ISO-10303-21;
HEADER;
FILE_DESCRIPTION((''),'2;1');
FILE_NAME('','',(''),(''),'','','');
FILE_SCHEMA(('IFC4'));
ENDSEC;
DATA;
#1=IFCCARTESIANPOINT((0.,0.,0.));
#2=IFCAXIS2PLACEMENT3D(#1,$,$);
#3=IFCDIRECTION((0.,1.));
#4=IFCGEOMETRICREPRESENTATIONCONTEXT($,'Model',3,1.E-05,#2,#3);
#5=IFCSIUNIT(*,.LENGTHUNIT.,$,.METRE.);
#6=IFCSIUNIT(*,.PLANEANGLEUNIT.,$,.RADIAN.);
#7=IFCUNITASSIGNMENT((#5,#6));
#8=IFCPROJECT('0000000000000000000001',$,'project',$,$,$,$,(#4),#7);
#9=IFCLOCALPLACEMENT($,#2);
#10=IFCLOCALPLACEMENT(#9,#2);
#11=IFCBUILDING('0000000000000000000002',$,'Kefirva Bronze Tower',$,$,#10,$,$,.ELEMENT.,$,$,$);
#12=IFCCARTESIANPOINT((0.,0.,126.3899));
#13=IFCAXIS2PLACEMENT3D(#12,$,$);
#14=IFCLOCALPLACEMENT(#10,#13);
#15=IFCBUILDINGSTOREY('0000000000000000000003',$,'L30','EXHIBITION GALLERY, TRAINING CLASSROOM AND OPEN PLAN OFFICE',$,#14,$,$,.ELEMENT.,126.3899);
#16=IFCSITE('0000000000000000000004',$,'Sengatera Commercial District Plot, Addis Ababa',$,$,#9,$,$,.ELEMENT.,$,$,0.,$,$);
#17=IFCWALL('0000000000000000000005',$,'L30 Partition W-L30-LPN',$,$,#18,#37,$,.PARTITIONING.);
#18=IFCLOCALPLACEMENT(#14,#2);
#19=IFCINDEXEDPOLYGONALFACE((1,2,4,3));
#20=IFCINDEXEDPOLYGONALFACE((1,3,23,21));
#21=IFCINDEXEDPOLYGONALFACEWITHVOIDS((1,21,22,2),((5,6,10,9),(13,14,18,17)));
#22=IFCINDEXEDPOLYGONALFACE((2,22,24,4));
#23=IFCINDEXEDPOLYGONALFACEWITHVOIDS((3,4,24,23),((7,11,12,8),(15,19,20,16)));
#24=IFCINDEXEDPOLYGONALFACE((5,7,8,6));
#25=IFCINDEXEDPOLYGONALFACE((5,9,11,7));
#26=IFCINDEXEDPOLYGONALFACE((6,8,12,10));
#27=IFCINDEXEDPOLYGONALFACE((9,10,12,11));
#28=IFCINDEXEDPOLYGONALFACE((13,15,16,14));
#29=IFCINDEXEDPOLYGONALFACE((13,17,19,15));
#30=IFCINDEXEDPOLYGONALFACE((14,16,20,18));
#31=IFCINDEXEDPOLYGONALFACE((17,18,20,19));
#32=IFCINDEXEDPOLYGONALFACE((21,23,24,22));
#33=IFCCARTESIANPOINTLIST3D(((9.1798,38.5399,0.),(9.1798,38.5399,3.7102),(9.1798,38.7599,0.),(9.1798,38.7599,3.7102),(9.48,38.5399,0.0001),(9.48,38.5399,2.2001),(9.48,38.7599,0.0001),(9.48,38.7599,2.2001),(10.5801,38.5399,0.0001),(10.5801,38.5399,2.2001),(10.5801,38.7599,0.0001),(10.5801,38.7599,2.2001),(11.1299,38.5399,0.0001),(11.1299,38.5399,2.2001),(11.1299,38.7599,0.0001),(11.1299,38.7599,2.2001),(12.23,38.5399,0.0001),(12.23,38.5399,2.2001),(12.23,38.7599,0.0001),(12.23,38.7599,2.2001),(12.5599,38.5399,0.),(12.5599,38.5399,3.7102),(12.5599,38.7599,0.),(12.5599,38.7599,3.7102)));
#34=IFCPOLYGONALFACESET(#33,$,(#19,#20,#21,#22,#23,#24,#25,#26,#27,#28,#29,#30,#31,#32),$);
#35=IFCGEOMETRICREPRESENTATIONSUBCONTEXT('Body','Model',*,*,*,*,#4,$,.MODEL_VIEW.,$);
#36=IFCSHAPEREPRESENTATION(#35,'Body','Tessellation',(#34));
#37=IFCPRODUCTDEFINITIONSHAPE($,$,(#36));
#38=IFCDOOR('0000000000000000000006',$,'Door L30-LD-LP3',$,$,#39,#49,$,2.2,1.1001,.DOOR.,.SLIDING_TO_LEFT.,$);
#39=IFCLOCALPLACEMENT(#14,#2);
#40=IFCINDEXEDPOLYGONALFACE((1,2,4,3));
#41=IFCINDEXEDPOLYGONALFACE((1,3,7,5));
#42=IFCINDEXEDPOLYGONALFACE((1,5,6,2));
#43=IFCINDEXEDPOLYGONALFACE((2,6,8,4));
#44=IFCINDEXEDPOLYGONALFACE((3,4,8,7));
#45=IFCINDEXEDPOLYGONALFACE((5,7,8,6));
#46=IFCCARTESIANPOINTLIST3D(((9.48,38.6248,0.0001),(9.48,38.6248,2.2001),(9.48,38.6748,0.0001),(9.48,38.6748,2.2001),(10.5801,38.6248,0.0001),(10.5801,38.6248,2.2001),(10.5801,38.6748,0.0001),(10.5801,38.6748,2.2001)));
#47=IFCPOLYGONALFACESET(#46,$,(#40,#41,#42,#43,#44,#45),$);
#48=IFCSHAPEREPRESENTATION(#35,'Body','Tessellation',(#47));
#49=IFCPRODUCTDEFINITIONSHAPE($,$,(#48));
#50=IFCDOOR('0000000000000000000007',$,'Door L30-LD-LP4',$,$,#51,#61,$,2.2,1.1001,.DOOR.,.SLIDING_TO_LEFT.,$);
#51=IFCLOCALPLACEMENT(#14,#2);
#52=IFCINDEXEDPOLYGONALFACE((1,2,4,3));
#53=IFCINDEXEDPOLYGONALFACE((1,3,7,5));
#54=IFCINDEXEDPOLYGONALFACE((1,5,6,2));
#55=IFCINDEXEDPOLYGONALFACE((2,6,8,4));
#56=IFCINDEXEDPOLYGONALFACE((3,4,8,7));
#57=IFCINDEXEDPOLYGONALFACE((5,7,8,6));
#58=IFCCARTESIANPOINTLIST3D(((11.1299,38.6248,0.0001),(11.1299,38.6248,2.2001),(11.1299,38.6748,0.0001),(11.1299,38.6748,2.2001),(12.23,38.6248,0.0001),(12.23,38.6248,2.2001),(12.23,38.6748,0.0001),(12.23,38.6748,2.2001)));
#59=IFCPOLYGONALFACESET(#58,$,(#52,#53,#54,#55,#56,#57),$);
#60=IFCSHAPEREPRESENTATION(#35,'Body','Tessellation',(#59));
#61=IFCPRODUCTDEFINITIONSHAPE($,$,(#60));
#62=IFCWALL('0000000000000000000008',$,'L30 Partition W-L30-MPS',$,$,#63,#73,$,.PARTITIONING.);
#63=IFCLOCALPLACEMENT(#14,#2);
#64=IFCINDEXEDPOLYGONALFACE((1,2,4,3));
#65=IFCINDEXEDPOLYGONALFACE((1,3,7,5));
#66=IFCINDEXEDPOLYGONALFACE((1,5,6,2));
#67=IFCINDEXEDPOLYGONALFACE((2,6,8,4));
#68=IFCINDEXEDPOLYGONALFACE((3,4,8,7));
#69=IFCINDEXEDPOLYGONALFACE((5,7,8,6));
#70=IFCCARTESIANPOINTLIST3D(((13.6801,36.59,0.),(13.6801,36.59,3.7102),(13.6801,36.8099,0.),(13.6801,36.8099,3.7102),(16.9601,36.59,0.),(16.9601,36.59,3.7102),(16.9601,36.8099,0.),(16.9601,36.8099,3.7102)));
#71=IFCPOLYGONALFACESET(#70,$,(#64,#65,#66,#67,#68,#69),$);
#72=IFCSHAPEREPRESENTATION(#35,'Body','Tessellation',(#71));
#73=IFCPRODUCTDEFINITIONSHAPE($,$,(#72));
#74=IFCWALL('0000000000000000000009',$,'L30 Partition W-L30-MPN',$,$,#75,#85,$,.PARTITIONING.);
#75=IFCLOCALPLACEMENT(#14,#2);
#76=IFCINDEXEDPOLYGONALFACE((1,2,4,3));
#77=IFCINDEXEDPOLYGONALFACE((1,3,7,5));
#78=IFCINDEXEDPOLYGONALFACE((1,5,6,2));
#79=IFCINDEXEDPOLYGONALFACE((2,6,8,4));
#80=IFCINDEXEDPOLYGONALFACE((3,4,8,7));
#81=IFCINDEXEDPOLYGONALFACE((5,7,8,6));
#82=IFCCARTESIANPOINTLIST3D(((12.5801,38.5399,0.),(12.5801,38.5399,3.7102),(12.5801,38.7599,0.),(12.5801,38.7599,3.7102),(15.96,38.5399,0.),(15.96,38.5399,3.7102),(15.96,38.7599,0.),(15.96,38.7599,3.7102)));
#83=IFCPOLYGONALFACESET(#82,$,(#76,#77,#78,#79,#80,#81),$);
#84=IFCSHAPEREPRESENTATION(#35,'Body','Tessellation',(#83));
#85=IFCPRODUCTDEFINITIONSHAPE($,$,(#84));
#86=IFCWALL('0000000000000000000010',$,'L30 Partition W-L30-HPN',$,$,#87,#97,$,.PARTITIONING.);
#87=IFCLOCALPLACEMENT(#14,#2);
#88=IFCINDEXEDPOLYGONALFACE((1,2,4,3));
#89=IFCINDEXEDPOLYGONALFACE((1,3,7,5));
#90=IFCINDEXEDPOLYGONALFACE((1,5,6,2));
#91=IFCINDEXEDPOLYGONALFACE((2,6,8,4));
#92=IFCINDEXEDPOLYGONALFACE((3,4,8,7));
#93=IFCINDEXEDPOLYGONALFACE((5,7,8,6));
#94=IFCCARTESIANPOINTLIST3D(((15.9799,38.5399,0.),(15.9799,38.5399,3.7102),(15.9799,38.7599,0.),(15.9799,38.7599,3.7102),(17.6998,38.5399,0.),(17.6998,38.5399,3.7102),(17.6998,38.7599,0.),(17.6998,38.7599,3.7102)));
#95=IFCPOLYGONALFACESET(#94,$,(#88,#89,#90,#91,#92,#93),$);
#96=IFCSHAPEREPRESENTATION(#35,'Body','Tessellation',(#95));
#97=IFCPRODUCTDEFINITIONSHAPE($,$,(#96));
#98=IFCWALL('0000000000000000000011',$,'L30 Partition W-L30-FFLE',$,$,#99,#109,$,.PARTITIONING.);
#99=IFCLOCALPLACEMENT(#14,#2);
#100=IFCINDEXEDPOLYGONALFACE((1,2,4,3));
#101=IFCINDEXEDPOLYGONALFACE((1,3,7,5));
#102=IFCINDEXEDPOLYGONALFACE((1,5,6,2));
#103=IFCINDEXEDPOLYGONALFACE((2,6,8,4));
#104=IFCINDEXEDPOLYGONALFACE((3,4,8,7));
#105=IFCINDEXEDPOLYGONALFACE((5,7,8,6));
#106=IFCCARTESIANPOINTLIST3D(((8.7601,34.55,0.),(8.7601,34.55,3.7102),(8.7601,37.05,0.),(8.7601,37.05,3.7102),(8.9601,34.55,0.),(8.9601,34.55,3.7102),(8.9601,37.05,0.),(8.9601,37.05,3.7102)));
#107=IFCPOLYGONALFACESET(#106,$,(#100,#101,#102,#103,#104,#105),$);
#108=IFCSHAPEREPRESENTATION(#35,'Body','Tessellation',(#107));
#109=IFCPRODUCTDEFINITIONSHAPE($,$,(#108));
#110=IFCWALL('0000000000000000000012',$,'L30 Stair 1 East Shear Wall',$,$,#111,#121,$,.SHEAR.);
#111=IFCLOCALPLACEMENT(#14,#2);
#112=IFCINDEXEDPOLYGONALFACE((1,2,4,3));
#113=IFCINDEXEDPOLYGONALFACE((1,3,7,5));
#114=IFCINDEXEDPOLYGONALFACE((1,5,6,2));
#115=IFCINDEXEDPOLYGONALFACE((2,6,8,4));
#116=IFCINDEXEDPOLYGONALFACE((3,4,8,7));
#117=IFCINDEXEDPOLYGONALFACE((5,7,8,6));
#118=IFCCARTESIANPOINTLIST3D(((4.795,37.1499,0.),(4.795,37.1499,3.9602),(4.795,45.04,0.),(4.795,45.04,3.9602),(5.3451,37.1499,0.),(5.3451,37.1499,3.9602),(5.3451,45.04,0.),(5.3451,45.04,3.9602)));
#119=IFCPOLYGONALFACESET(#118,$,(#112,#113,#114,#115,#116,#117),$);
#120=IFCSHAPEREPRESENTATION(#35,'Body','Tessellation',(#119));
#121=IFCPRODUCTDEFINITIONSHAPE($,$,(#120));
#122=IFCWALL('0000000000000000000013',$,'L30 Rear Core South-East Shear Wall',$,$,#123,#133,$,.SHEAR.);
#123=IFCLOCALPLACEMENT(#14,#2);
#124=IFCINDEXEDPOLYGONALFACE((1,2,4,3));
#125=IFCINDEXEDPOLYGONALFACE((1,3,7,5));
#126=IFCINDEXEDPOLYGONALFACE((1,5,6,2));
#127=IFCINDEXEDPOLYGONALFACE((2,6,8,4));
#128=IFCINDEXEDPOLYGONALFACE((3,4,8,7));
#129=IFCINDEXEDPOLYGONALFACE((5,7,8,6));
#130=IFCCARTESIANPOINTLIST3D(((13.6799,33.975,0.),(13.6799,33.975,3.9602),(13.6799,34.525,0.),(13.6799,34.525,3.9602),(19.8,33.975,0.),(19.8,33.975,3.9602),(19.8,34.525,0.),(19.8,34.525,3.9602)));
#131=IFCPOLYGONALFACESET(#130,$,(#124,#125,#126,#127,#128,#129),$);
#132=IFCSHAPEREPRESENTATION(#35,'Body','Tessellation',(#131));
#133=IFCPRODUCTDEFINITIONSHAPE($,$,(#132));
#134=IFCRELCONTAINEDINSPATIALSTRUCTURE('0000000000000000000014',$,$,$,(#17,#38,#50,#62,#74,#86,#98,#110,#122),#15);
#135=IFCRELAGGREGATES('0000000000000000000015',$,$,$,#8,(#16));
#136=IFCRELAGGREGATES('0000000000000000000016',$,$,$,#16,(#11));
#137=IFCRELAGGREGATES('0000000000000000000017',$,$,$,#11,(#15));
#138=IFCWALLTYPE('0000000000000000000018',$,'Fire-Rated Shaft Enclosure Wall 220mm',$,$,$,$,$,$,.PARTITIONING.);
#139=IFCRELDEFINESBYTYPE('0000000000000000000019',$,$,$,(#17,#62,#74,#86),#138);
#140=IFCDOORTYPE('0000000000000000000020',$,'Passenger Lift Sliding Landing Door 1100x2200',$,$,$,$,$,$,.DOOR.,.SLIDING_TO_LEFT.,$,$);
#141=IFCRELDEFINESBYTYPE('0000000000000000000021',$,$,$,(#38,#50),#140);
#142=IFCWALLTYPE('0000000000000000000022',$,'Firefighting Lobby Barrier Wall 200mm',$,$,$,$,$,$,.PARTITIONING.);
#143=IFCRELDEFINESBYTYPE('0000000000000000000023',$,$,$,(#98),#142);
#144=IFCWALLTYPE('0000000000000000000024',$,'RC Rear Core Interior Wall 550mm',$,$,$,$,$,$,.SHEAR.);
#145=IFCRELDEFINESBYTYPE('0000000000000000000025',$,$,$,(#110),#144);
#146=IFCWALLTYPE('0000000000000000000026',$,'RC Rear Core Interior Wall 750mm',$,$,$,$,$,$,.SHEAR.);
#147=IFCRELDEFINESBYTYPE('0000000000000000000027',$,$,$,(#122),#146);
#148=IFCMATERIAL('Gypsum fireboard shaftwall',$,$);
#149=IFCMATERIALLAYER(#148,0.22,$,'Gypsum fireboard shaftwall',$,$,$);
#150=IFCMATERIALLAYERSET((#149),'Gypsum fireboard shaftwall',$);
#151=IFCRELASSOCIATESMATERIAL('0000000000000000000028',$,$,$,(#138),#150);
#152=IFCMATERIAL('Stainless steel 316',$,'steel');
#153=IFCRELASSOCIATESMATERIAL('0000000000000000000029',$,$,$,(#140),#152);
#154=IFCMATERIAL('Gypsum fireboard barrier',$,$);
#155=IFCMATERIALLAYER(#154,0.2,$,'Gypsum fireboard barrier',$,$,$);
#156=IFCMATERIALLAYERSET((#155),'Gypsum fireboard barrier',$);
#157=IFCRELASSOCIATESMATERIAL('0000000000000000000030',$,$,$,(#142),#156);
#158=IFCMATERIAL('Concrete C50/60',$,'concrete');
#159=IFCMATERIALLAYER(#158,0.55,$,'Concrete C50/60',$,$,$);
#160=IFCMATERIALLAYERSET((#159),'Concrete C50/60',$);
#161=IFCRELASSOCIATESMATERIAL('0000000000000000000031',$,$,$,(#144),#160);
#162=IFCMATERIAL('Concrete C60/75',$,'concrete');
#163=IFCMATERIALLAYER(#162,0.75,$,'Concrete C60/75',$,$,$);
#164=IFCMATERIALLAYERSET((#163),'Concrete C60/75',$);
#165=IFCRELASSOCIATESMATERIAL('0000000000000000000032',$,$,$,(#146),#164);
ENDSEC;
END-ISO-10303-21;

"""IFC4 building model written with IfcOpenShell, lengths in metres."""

from ifc_helpers import new_model, si_unit, direction, frame, frame_2d, origin, place, context, subcontext, project, spatial, rectangle, extrude, material, layer, layer_set, type_object, element, fill, save


model = new_model("IFC4")

# Units and contexts
model_context = context("Model", 3, precision=1e-05, world=origin(), true_north=direction((0.0, 1.0)))
body_context = subcontext(model_context, "Body", "Model", "MODEL_VIEW")
ifc_project = project(units=[si_unit("LENGTHUNIT", "METRE"), si_unit("PLANEANGLEUNIT", "RADIAN")], contexts=[model_context])

# Site, building, storey
site_placement = place(None, origin())
site = spatial("IfcSite", under=ifc_project, at=site_placement, Name="Sengatera Commercial District Plot, Addis Ababa", CompositionType="ELEMENT", RefElevation=0.0)
building_placement = place(site_placement, origin())
building = spatial("IfcBuilding", under=site, at=building_placement, Name="Kefirva Bronze Tower", CompositionType="ELEMENT")
storey_placement = place(building_placement, frame((0.0, 0.0, 126.3899)))
storey = spatial("IfcBuildingStorey", under=building, at=storey_placement, Name="L30", Description="EXHIBITION GALLERY, TRAINING CLASSROOM AND OPEN PLAN OFFICE", CompositionType="ELEMENT", Elevation=126.3899)

# Shared definitions
ifc_material_1 = material(Name="Concrete C60/75", Category="concrete")

# Shared definitions
ifc_material_2 = material(Name="Gypsum fireboard shaftwall")
ifc_layer_1 = layer(ifc_material_2, 0.22, Name="Gypsum fireboard shaftwall")
ifc_layer_set_1 = layer_set([ifc_layer_1], Name="Gypsum fireboard shaftwall")
wall_type_1 = type_object("IfcWallType", Name="Fire-Rated Shaft Enclosure Wall 220mm", PredefinedType="PARTITIONING", material=ifc_layer_set_1)
ifc_material_3 = material(Name="Stainless steel 316", Category="steel")

# Wall, openings, doors
door_type_1 = type_object("IfcDoorType", Name="Passenger Lift Sliding Landing Door 1100x2200", OperationType="SLIDING_TO_LEFT", PredefinedType="DOOR", material=ifc_material_3)
wall_1_placement = place(storey_placement, frame((9.1799, 38.6499, 0.0), z_axis=(0.0, 0.0, 1.0), x_axis=(1.0, 0.0, 0.0)))
wall_1 = element("IfcWall", 1, at=wall_1_placement, inside=storey, type_object=wall_type_1, Name="L30 Partition W-L30-LPN", PredefinedType="PARTITIONING", context=body_context, shape_type="SweptSolid", body=[
    extrude(rectangle(XDim=3.3801, YDim=0.22, at=frame_2d((1.6899, 0.0))), origin(), (0.0, 0.0, 1.0), 3.7102),
])
opening_1_placement = place(wall_1_placement, frame((0.3, 0.0, 0.0)))
opening_1 = element("IfcOpeningElement", 2, at=opening_1_placement, cuts=wall_1, PredefinedType="OPENING", context=body_context, shape_type="SweptSolid", body=[
    extrude(rectangle(XDim=1.1001, YDim=2.2, at=frame_2d((0.55, 1.1001))), frame((0.0, 0.1201, 0.0), z_axis=(0.0, -1.0, 0.0), x_axis=(1.0, 0.0, 0.0)), (0.0, 0.0, 1.0), 0.24),
])
opening_2_placement = place(wall_1_placement, frame((1.95, 0.0, 0.0)))
opening_2 = element("IfcOpeningElement", 3, at=opening_2_placement, cuts=wall_1, PredefinedType="OPENING", context=body_context, shape_type="SweptSolid", body=[
    extrude(rectangle(XDim=1.1001, YDim=2.2, at=frame_2d((0.55, 1.1001))), frame((0.0, 0.1201, 0.0), z_axis=(0.0, -1.0, 0.0), x_axis=(1.0, 0.0, 0.0)), (0.0, 0.0, 1.0), 0.24),
])
door_1_placement = place(opening_1_placement, origin())
door_1 = element("IfcDoor", 4, at=door_1_placement, inside=storey, type_object=door_type_1, Name="Door L30-LD-LP3", OperationType="SLIDING_TO_LEFT", OverallHeight=2.2, OverallWidth=1.1001, PredefinedType="DOOR", context=body_context, shape_type="SweptSolid", body=[
    extrude(rectangle(XDim=1.1001, YDim=2.2, at=frame_2d((0.55, 1.1001))), frame((0.0, 0.0249, 0.0), z_axis=(0.0, -1.0, 0.0), x_axis=(1.0, 0.0, 0.0)), (0.0, 0.0, 1.0), 0.05),
])
fill(opening_1, door_1)
door_2_placement = place(opening_2_placement, origin())
door_2 = element("IfcDoor", 5, at=door_2_placement, inside=storey, type_object=door_type_1, Name="Door L30-LD-LP4", OperationType="SLIDING_TO_LEFT", OverallHeight=2.2, OverallWidth=1.1001, PredefinedType="DOOR", context=body_context, shape_type="SweptSolid", body=[
    extrude(rectangle(XDim=1.1001, YDim=2.2, at=frame_2d((0.55, 1.1001))), frame((0.0, 0.0249, 0.0), z_axis=(0.0, -1.0, 0.0), x_axis=(1.0, 0.0, 0.0)), (0.0, 0.0, 1.0), 0.05),
])
fill(opening_2, door_2)

# Walls
wall_2_placement = place(storey_placement, frame((13.6799, 36.7, 0.0), z_axis=(0.0, 0.0, 1.0), x_axis=(1.0, 0.0, 0.0)))
element("IfcWall", 6, at=wall_2_placement, inside=storey, type_object=wall_type_1, Name="L30 Partition W-L30-MPS", PredefinedType="PARTITIONING", context=body_context, shape_type="SweptSolid", body=[
    extrude(rectangle(XDim=3.28, YDim=0.22, at=frame_2d((1.6401, 0.0))), origin(), (0.0, 0.0, 1.0), 3.7102),
])
wall_3_placement = place(storey_placement, frame((12.5801, 38.6499, 0.0), z_axis=(0.0, 0.0, 1.0), x_axis=(1.0, 0.0, 0.0)))
element("IfcWall", 7, at=wall_3_placement, inside=storey, type_object=wall_type_1, Name="L30 Partition W-L30-MPN", PredefinedType="PARTITIONING", context=body_context, shape_type="SweptSolid", body=[
    extrude(rectangle(XDim=3.3799, YDim=0.22, at=frame_2d((1.6899, 0.0))), origin(), (0.0, 0.0, 1.0), 3.7102),
])
wall_4_placement = place(storey_placement, frame((15.98, 38.6499, 0.0), z_axis=(0.0, 0.0, 1.0), x_axis=(1.0, 0.0, 0.0)))
element("IfcWall", 8, at=wall_4_placement, inside=storey, type_object=wall_type_1, Name="L30 Partition W-L30-HPN", PredefinedType="PARTITIONING", context=body_context, shape_type="SweptSolid", body=[
    extrude(rectangle(XDim=1.72, YDim=0.22, at=frame_2d((0.8599, 0.0))), origin(), (0.0, 0.0, 1.0), 3.7102),
])
ifc_material_4 = material(Name="Gypsum fireboard barrier")
ifc_layer_2 = layer(ifc_material_4, 0.2, Name="Gypsum fireboard barrier")
ifc_layer_set_2 = layer_set([ifc_layer_2], Name="Gypsum fireboard barrier")
wall_type_2 = type_object("IfcWallType", Name="Firefighting Lobby Barrier Wall 200mm", PredefinedType="PARTITIONING", material=ifc_layer_set_2)
wall_5_placement = place(storey_placement, frame((8.8601, 34.55, 0.0), z_axis=(0.0, 0.0, 1.0), x_axis=(0.0, 1.0, 0.0)))
element("IfcWall", 9, at=wall_5_placement, inside=storey, type_object=wall_type_2, Name="L30 Partition W-L30-FFLE", PredefinedType="PARTITIONING", context=body_context, shape_type="SweptSolid", body=[
    extrude(rectangle(XDim=2.5, YDim=0.2, at=frame_2d((1.25, 0.0))), origin(), (0.0, 0.0, 1.0), 3.7102),
])
ifc_material_5 = material(Name="Concrete C50/60", Category="concrete")
ifc_layer_3 = layer(ifc_material_5, 0.55, Name="Concrete C50/60")
ifc_layer_set_3 = layer_set([ifc_layer_3], Name="Concrete C50/60")
wall_type_3 = type_object("IfcWallType", Name="RC Rear Core Interior Wall 550mm", PredefinedType="SHEAR", material=ifc_layer_set_3)
wall_6_placement = place(storey_placement, frame((5.0701, 37.1499, 0.0), z_axis=(0.0, 0.0, 1.0), x_axis=(0.0, 1.0, 0.0)))
element("IfcWall", 10, at=wall_6_placement, inside=storey, type_object=wall_type_3, Name="L30 Stair 1 East Shear Wall", PredefinedType="SHEAR", context=body_context, shape_type="SweptSolid", body=[
    extrude(rectangle(XDim=7.8901, YDim=0.55, at=frame_2d((3.9451, 0.0))), origin(), (0.0, 0.0, 1.0), 3.9602),
])
ifc_layer_4 = layer(ifc_material_1, 0.75, Name="Concrete C60/75")
ifc_layer_set_4 = layer_set([ifc_layer_4], Name="Concrete C60/75")
wall_type_4 = type_object("IfcWallType", Name="RC Rear Core Interior Wall 750mm", PredefinedType="SHEAR", material=ifc_layer_set_4)
wall_7_placement = place(storey_placement, frame((13.6799, 34.25, 0.0), z_axis=(0.0, 0.0, 1.0), x_axis=(1.0, 0.0, 0.0)))
element("IfcWall", 11, at=wall_7_placement, inside=storey, type_object=wall_type_4, Name="L30 Rear Core South-East Shear Wall", PredefinedType="SHEAR", context=body_context, shape_type="SweptSolid", body=[
    extrude(rectangle(XDim=6.1201, YDim=0.55, at=frame_2d((3.0601, 0.0))), origin(), (0.0, 0.0, 1.0), 3.9602),
])

save(model, "model.ifc")
